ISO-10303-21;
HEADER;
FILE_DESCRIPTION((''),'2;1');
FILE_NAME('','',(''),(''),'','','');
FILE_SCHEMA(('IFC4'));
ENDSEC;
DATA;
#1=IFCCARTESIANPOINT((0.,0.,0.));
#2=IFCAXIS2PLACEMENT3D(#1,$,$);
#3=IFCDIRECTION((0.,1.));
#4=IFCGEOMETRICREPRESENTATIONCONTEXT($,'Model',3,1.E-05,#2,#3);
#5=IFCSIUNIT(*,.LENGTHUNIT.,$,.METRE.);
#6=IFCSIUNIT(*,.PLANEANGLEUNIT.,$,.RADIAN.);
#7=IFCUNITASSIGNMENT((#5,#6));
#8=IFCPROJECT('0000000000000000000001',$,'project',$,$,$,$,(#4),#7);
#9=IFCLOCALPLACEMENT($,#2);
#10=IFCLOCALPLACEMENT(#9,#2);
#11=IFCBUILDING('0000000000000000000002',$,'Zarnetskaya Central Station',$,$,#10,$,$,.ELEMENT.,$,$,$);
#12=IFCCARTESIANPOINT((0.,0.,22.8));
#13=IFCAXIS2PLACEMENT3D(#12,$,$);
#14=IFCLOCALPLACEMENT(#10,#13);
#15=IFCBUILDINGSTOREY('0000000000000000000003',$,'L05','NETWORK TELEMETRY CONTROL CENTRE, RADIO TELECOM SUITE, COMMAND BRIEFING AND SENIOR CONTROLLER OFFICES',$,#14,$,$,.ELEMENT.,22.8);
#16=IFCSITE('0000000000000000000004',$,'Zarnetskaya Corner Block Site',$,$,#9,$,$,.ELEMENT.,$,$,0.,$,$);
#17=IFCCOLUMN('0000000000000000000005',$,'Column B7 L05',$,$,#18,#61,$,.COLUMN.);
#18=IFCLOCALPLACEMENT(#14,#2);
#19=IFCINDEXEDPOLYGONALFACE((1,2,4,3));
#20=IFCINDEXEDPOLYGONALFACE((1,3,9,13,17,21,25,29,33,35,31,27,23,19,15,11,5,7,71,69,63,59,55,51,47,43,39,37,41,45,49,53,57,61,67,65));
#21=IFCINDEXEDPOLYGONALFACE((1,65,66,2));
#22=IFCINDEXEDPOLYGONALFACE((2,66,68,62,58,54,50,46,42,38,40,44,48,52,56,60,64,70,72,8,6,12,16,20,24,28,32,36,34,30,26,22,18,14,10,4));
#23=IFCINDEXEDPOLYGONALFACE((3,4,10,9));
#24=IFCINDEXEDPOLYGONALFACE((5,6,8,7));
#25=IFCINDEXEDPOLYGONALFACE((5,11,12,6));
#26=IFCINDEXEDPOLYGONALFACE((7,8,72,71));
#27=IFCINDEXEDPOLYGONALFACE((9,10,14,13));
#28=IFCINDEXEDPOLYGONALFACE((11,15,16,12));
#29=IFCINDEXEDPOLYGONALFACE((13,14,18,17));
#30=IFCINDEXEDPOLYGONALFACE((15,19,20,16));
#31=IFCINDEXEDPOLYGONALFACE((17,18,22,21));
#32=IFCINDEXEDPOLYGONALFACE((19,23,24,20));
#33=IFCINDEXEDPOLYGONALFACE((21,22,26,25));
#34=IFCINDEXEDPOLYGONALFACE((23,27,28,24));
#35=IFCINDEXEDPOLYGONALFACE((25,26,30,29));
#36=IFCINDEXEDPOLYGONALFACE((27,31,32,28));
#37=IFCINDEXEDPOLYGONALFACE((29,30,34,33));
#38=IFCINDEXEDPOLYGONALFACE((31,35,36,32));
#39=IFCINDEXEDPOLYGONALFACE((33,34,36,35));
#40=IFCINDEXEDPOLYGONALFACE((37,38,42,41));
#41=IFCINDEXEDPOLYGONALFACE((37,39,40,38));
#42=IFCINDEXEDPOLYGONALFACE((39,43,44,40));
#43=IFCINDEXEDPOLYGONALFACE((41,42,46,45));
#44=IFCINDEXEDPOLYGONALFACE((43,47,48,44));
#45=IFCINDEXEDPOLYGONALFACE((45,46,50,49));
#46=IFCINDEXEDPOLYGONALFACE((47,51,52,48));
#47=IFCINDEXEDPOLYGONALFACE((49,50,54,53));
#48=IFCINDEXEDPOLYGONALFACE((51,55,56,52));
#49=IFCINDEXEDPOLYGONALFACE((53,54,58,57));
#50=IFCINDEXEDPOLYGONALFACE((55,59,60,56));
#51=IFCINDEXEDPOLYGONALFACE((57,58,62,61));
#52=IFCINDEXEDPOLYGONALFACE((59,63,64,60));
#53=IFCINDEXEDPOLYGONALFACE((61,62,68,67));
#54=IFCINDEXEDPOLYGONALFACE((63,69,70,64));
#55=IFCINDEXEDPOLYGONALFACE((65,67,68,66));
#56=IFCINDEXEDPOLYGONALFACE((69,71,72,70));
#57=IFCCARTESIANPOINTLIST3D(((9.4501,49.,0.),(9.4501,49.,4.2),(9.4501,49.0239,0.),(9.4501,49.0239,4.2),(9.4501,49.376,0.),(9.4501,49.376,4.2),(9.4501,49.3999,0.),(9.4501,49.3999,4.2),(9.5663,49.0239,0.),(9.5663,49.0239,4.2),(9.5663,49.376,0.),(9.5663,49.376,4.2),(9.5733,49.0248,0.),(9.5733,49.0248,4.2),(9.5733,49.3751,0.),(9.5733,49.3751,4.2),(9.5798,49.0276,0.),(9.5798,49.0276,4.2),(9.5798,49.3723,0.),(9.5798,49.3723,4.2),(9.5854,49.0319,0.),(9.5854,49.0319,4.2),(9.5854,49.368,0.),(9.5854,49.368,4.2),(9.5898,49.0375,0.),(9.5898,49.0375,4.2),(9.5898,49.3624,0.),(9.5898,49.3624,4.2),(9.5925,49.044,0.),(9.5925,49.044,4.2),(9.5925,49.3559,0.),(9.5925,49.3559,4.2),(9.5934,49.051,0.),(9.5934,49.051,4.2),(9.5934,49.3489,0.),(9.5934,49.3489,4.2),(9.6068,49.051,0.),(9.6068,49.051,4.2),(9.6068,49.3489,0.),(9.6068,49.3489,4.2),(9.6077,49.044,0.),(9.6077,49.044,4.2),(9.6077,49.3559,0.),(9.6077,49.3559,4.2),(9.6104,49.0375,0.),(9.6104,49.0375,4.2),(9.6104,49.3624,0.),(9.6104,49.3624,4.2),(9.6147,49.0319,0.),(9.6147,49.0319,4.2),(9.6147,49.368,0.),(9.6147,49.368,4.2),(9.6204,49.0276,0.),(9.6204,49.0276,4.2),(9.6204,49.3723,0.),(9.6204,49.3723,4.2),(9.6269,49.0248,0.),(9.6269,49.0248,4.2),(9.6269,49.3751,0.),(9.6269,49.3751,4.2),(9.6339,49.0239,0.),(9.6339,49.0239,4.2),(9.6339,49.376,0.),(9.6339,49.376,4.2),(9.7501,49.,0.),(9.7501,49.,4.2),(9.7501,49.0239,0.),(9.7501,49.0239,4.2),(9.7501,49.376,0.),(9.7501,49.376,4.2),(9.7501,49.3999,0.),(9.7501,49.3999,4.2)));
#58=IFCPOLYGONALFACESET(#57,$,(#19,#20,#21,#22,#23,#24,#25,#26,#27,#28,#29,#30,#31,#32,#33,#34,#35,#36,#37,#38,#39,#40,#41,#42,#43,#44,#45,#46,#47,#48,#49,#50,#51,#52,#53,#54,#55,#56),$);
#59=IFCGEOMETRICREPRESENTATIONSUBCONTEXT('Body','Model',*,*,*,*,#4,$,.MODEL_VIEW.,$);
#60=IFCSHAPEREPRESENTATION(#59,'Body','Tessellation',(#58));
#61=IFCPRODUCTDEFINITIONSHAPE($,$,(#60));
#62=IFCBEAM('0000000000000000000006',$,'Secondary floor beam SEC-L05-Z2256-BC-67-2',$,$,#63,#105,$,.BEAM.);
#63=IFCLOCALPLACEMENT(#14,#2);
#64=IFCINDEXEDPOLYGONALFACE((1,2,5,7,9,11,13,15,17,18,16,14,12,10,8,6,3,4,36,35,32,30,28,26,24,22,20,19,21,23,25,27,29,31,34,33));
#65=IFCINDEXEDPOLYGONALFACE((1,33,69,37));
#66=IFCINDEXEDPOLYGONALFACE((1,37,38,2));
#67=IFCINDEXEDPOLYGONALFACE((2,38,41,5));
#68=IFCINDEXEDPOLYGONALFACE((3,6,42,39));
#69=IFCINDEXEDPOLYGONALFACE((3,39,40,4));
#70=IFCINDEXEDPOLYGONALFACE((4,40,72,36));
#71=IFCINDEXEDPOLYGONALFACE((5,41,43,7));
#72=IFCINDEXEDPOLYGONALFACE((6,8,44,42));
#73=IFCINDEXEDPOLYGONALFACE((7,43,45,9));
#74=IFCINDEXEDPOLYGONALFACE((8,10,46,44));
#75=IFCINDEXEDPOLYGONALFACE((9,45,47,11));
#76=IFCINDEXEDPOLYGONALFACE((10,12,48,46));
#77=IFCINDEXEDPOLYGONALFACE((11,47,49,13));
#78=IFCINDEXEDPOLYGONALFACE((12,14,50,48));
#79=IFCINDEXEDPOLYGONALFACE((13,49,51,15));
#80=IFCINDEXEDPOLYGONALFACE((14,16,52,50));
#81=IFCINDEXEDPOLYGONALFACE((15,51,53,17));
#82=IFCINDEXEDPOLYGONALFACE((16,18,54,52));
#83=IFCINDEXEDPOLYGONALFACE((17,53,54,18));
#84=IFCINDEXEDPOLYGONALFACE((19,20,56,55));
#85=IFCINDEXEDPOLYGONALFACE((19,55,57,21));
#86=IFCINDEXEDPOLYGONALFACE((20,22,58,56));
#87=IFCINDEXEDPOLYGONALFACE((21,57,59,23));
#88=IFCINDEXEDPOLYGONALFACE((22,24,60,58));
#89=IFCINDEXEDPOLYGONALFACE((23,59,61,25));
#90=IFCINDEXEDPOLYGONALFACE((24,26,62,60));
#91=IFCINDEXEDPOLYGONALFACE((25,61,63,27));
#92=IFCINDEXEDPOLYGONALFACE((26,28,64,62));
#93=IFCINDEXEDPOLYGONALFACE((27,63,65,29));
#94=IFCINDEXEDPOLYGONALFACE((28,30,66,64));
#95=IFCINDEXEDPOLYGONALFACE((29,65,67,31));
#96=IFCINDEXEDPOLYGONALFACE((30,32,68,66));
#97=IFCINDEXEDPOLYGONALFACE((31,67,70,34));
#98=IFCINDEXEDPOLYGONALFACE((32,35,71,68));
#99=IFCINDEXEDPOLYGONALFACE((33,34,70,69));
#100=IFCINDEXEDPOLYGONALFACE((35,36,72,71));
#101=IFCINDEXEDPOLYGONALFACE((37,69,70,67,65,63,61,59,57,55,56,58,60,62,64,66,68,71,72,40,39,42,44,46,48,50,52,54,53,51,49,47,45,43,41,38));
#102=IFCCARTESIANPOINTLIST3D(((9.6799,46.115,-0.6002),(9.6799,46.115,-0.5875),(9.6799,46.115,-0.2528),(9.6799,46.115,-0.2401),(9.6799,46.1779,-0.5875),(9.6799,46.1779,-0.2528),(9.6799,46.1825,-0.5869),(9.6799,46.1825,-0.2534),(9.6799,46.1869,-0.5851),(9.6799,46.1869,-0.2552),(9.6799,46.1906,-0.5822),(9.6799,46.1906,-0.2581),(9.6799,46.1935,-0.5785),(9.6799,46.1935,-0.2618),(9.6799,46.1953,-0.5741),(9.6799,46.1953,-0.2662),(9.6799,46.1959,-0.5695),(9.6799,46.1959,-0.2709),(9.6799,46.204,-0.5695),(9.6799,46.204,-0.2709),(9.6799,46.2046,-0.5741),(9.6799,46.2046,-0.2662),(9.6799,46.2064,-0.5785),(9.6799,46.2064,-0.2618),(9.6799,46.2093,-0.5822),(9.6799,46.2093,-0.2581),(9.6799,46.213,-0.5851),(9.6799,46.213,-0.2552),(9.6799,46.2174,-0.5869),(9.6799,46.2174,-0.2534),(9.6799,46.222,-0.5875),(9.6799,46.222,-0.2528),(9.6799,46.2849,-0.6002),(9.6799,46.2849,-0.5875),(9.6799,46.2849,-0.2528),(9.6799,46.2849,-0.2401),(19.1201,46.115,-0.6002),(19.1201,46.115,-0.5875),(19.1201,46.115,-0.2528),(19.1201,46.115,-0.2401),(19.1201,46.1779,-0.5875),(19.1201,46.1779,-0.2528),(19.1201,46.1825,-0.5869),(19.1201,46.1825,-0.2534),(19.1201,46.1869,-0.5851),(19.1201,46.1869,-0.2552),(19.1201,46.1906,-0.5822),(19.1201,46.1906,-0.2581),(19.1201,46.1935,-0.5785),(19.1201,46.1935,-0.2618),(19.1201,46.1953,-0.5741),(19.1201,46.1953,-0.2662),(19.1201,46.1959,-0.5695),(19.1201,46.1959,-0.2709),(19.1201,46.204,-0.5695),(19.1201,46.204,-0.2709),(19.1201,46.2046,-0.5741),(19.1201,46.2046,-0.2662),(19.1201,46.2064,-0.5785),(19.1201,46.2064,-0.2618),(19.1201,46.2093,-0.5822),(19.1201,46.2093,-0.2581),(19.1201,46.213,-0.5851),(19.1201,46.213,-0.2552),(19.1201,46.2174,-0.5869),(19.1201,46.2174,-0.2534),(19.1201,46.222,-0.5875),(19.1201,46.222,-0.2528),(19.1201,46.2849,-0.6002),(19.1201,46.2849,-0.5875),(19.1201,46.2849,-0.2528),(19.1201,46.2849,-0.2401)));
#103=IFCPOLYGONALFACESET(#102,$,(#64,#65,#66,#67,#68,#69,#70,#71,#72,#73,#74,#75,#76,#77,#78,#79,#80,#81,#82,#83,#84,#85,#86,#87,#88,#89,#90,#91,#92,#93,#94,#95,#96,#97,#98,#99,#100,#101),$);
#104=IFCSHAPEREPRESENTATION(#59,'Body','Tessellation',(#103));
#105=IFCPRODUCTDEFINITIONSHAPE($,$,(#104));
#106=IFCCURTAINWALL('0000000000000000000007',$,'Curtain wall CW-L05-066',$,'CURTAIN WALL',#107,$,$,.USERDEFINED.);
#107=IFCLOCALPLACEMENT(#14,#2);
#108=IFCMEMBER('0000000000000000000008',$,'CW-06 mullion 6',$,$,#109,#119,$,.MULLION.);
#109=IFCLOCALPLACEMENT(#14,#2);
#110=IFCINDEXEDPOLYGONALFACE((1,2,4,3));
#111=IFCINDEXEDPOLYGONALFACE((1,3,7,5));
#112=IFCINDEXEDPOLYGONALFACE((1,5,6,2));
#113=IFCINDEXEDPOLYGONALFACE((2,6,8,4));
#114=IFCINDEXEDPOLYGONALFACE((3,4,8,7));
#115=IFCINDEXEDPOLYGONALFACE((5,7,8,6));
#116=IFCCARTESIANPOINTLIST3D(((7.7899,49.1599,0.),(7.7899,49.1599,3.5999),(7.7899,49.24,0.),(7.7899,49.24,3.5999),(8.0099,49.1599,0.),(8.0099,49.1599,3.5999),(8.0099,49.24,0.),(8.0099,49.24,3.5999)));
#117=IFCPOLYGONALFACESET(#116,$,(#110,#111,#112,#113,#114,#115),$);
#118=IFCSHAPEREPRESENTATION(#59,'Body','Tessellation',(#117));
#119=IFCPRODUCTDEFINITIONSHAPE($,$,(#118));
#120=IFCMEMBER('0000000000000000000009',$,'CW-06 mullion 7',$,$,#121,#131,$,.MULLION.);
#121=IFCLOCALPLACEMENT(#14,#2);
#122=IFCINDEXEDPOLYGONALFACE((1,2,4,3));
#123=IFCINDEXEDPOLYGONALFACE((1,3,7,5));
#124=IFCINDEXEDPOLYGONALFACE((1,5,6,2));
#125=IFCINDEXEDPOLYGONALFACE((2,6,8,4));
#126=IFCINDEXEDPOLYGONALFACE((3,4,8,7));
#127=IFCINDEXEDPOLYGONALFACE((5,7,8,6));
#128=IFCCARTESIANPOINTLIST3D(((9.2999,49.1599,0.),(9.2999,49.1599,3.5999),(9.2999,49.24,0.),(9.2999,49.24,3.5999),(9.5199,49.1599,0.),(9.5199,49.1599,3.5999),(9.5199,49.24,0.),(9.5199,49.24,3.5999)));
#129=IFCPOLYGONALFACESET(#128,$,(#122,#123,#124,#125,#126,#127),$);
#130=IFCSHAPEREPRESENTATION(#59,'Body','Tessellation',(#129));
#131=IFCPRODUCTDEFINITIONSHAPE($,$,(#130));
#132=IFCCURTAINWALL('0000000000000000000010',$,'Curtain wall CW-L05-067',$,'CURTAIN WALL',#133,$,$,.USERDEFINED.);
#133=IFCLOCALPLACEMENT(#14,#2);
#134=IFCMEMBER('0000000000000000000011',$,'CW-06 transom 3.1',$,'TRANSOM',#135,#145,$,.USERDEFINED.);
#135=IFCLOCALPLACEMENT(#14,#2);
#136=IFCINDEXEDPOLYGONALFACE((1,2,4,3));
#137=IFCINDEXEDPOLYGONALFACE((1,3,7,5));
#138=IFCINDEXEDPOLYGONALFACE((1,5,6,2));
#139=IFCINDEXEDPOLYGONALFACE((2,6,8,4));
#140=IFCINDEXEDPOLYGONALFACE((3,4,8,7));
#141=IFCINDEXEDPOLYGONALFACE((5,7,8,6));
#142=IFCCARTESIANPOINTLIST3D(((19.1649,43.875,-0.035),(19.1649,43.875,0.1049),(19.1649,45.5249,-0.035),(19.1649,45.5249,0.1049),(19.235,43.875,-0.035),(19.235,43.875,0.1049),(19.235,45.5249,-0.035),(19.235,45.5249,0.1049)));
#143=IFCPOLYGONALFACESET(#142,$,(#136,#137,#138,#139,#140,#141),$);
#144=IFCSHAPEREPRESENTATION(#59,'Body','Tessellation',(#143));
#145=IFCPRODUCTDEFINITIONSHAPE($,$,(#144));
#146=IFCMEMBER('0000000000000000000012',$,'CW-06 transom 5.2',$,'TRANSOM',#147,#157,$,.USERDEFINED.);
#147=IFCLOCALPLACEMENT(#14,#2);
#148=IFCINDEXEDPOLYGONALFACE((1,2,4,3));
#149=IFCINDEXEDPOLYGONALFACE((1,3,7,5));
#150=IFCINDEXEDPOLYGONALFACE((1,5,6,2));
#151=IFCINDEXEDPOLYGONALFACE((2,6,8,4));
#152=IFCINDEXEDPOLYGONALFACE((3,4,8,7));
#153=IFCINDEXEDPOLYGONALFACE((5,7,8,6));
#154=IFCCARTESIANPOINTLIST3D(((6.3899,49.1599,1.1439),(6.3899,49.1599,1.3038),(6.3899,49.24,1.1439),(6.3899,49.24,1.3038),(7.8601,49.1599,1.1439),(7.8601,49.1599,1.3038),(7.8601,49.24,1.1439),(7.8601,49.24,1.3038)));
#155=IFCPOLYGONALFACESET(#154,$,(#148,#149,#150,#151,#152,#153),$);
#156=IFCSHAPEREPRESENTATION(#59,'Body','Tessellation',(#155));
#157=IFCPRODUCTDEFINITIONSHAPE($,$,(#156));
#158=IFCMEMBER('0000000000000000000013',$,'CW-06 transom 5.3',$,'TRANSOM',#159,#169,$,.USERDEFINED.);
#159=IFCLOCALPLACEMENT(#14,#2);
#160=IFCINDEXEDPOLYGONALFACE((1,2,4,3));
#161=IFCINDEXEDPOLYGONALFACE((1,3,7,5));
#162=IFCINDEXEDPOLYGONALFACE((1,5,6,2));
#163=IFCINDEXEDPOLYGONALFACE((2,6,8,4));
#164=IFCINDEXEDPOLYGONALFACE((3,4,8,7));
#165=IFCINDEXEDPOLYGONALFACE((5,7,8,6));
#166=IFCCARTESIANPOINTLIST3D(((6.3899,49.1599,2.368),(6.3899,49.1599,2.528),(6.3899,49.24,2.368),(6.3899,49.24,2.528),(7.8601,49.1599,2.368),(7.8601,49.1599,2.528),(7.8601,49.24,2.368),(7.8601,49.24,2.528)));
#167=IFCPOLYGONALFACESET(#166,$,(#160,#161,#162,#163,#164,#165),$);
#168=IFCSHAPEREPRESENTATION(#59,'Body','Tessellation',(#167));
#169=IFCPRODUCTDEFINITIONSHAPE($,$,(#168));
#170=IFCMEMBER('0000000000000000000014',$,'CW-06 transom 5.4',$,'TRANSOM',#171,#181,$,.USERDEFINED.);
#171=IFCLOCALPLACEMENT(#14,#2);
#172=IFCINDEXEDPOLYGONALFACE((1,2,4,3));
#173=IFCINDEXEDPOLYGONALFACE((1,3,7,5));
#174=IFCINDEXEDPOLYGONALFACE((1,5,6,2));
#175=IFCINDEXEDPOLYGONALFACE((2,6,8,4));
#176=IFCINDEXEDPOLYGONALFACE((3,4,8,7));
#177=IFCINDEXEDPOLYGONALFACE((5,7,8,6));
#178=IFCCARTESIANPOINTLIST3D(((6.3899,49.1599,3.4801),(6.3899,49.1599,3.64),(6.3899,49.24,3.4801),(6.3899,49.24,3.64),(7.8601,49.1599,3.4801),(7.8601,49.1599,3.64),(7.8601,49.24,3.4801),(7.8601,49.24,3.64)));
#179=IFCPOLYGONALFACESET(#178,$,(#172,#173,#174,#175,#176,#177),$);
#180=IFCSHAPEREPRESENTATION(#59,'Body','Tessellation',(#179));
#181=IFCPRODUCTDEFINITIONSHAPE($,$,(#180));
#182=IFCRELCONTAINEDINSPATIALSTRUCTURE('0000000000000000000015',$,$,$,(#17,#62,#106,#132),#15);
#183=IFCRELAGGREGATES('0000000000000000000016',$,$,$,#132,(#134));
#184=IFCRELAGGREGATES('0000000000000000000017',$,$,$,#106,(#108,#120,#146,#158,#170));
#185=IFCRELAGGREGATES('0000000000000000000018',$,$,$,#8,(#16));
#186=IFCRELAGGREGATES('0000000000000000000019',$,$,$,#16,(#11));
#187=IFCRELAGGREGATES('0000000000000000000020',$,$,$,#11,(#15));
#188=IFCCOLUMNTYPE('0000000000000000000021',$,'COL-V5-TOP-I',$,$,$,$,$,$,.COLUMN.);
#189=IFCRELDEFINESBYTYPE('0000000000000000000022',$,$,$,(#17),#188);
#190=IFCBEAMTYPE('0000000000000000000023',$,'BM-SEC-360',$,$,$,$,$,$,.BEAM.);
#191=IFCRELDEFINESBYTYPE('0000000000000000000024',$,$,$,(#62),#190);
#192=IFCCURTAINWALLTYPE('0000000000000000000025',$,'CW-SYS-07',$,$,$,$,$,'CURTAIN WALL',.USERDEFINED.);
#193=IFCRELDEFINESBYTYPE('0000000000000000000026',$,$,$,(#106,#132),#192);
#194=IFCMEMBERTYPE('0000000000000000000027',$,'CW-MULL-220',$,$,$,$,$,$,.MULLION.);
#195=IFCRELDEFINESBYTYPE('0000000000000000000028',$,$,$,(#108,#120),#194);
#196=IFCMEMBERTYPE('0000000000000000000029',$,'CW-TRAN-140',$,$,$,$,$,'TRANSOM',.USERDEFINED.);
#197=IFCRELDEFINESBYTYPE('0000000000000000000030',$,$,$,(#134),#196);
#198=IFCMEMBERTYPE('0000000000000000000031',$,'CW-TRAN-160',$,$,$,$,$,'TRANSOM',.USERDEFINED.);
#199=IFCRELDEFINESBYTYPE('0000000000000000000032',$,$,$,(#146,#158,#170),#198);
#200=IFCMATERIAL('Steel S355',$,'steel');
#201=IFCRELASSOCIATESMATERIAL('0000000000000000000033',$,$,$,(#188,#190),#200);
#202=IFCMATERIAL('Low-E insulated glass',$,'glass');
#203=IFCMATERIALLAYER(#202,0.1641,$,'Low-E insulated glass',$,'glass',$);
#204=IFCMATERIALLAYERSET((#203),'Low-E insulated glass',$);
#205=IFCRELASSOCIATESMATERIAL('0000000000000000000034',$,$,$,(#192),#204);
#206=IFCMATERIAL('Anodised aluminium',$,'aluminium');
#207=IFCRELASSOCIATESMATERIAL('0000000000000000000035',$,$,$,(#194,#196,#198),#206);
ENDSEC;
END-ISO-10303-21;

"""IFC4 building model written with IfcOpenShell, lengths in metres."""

from ifc_helpers import new_model, si_unit, direction, frame, origin, origin_2d, place, context, subcontext, project, spatial, rectangle, i_section, extrude, material, layer, layer_set, material_profile, profile_set, type_object, element, aggregate, save


model = new_model("IFC4")

# Units and contexts
model_context = context("Model", 3, precision=1e-05, world=origin(), true_north=direction((0.0, 1.0)))
body_context = subcontext(model_context, "Body", "Model", "MODEL_VIEW")
ifc_project = project(units=[si_unit("LENGTHUNIT", "METRE"), si_unit("PLANEANGLEUNIT", "RADIAN")], contexts=[model_context])

# Site, building, storey
site_placement = place(None, origin())
site = spatial("IfcSite", under=ifc_project, at=site_placement, Name="Zarnetskaya Corner Block Site", CompositionType="ELEMENT", RefElevation=0.0)
building_placement = place(site_placement, origin())
building = spatial("IfcBuilding", under=site, at=building_placement, Name="Zarnetskaya Central Station", CompositionType="ELEMENT")
storey_placement = place(building_placement, frame((0.0, 0.0, 22.8)))
storey = spatial("IfcBuildingStorey", under=building, at=storey_placement, Name="L05", Description="NETWORK TELEMETRY CONTROL CENTRE, RADIO TELECOM SUITE, COMMAND BRIEFING AND SENIOR CONTROLLER OFFICES", CompositionType="ELEMENT", Elevation=22.8)

# Column
ifc_material_1 = material(Name="Steel S355", Category="steel")
ifc_material_profile_1 = material_profile(ifc_material_1, i_section(OverallWidth=0.3, OverallDepth=0.3999, WebThickness=0.0134, FlangeThickness=0.0239, FilletRadius=0.0271, at=origin_2d()), Name="HEB 400")
ifc_profile_set_1 = profile_set([ifc_material_profile_1], Name="Steel S355")
column_type = type_object("IfcColumnType", Name="COL-V5-TOP-I", PredefinedType="COLUMN", material=ifc_profile_set_1)
column_placement = place(storey_placement, frame((9.6001, 49.2, 0.0), z_axis=(0.0, 0.0, 1.0), x_axis=(1.0, 0.0, 0.0)))
element("IfcColumn", 1, at=column_placement, inside=storey, type_object=column_type, Name="Column B7 L05", PredefinedType="COLUMN", context=body_context, shape_type="SweptSolid", body=[
    extrude(i_section(OverallWidth=0.3, OverallDepth=0.3999, WebThickness=0.0134, FlangeThickness=0.0239, FilletRadius=0.0271, at=origin_2d()), origin(), (0.0, 0.0, 1.0), 4.2),
])

# Beam
ifc_material_profile_2 = material_profile(ifc_material_1, i_section(OverallWidth=0.1699, OverallDepth=0.3601, WebThickness=0.0081, FlangeThickness=0.0127, FilletRadius=0.0181, at=origin_2d()), Name="IPE 360")
ifc_profile_set_2 = profile_set([ifc_material_profile_2], Name="Steel S355")
beam_type_1 = type_object("IfcBeamType", Name="BM-SEC-360", PredefinedType="BEAM", material=ifc_profile_set_2)
beam_1_placement = place(storey_placement, frame((9.6799, 46.2, -0.4202), z_axis=(1.0, 0.0, 0.0), x_axis=(0.0, 1.0, 0.0)))
element("IfcBeam", 2, at=beam_1_placement, inside=storey, type_object=beam_type_1, Name="Secondary floor beam SEC-L05-Z2256-BC-67-2", PredefinedType="BEAM", context=body_context, shape_type="SweptSolid", body=[
    extrude(i_section(OverallWidth=0.1699, OverallDepth=0.3601, WebThickness=0.0081, FlangeThickness=0.0127, FilletRadius=0.0181, at=origin_2d()), origin(), (0.0, 0.0, 1.0), 9.4402),
])

# Curtain wall, members
ifc_material_2 = material(Name="Low-E insulated glass", Category="glass")
ifc_layer_1 = layer(ifc_material_2, 0.1641, Name="Low-E insulated glass", Category="glass")
ifc_layer_set_1 = layer_set([ifc_layer_1], Name="Low-E insulated glass")
curtain_wall_type = type_object("IfcCurtainWallType", Name="CW-SYS-07", ElementType="CURTAIN WALL", PredefinedType="USERDEFINED", material=ifc_layer_set_1)
curtain_wall_1_placement = place(storey_placement, origin())
curtain_wall_1 = element("IfcCurtainWall", 3, at=curtain_wall_1_placement, inside=storey, type_object=curtain_wall_type, Name="Curtain wall CW-L05-066", ObjectType="CURTAIN WALL", PredefinedType="USERDEFINED")
ifc_material_3 = material(Name="Anodised aluminium", Category="aluminium")
ifc_material_profile_3 = material_profile(ifc_material_3, rectangle(XDim=0.0801, YDim=0.22, at=origin_2d()), Name="ALU MULL 80x220")
ifc_profile_set_3 = profile_set([ifc_material_profile_3], Name="Anodised aluminium")
member_type_1 = type_object("IfcMemberType", Name="CW-MULL-220", PredefinedType="MULLION", material=ifc_profile_set_3)
member_1_placement = place(storey_placement, frame((7.8999, 49.2, 0.0), z_axis=(0.0, 0.0, 1.0), x_axis=(0.0, 1.0, 0.0)))
member_1 = element("IfcMember", 4, at=member_1_placement, type_object=member_type_1, Name="CW-06 mullion 6", PredefinedType="MULLION", context=body_context, shape_type="SweptSolid", body=[
    extrude(rectangle(XDim=0.0801, YDim=0.22, at=origin_2d()), origin(), (0.0, 0.0, 1.0), 3.5999),
])
member_2_placement = place(storey_placement, frame((9.4099, 49.2, 0.0), z_axis=(0.0, 0.0, 1.0), x_axis=(0.0, 1.0, 0.0)))
member_2 = element("IfcMember", 5, at=member_2_placement, type_object=member_type_1, Name="CW-06 mullion 7", PredefinedType="MULLION", context=body_context, shape_type="SweptSolid", body=[
    extrude(rectangle(XDim=0.0801, YDim=0.22, at=origin_2d()), origin(), (0.0, 0.0, 1.0), 3.5999),
])

# Curtain wall, member
curtain_wall_2_placement = place(storey_placement, origin())
curtain_wall_2 = element("IfcCurtainWall", 6, at=curtain_wall_2_placement, inside=storey, type_object=curtain_wall_type, Name="Curtain wall CW-L05-067", ObjectType="CURTAIN WALL", PredefinedType="USERDEFINED")
ifc_material_profile_4 = material_profile(ifc_material_3, rectangle(XDim=0.0701, YDim=0.1399, at=origin_2d()), Name="ALU TRAN 70x140")
ifc_profile_set_4 = profile_set([ifc_material_profile_4], Name="Anodised aluminium")
member_type_2 = type_object("IfcMemberType", Name="CW-TRAN-140", ElementType="TRANSOM", PredefinedType="USERDEFINED", material=ifc_profile_set_4)
member_3_placement = place(storey_placement, frame((19.2, 45.5249, 0.0349), z_axis=(0.0, -1.0, 0.0), x_axis=(1.0, 0.0, 0.0)))
member_3 = element("IfcMember", 7, at=member_3_placement, type_object=member_type_2, Name="CW-06 transom 3.1", ObjectType="TRANSOM", PredefinedType="USERDEFINED", context=body_context, shape_type="SweptSolid", body=[
    extrude(rectangle(XDim=0.0701, YDim=0.1399, at=origin_2d()), origin(), (0.0, 0.0, 1.0), 1.6499),
])
aggregate(curtain_wall_2, [member_3])

# Members
ifc_material_profile_5 = material_profile(ifc_material_3, rectangle(XDim=0.0801, YDim=0.1599, at=origin_2d()), Name="ALU TRAN 80x160")
ifc_profile_set_5 = profile_set([ifc_material_profile_5], Name="Anodised aluminium")
member_type_3 = type_object("IfcMemberType", Name="CW-TRAN-160", ElementType="TRANSOM", PredefinedType="USERDEFINED", material=ifc_profile_set_5)
member_4_placement = place(storey_placement, frame((6.3899, 49.2, 1.2239), z_axis=(1.0, 0.0, 0.0), x_axis=(0.0, 1.0, 0.0)))
member_4 = element("IfcMember", 8, at=member_4_placement, type_object=member_type_3, Name="CW-06 transom 5.2", ObjectType="TRANSOM", PredefinedType="USERDEFINED", context=body_context, shape_type="SweptSolid", body=[
    extrude(rectangle(XDim=0.0801, YDim=0.1599, at=origin_2d()), origin(), (0.0, 0.0, 1.0), 1.4702),
])
member_5_placement = place(storey_placement, frame((6.3899, 49.2, 2.448), z_axis=(1.0, 0.0, 0.0), x_axis=(0.0, 1.0, 0.0)))
member_5 = element("IfcMember", 9, at=member_5_placement, type_object=member_type_3, Name="CW-06 transom 5.3", ObjectType="TRANSOM", PredefinedType="USERDEFINED", context=body_context, shape_type="SweptSolid", body=[
    extrude(rectangle(XDim=0.0801, YDim=0.1599, at=origin_2d()), origin(), (0.0, 0.0, 1.0), 1.4702),
])
member_6_placement = place(storey_placement, frame((6.3899, 49.2, 3.5601), z_axis=(1.0, 0.0, 0.0), x_axis=(0.0, 1.0, 0.0)))
member_6 = element("IfcMember", 10, at=member_6_placement, type_object=member_type_3, Name="CW-06 transom 5.4", ObjectType="TRANSOM", PredefinedType="USERDEFINED", context=body_context, shape_type="SweptSolid", body=[
    extrude(rectangle(XDim=0.0801, YDim=0.1599, at=origin_2d()), origin(), (0.0, 0.0, 1.0), 1.4702),
])

aggregate(curtain_wall_1, [member_1, member_2, member_4, member_5, member_6])

save(model, "model.ifc")
